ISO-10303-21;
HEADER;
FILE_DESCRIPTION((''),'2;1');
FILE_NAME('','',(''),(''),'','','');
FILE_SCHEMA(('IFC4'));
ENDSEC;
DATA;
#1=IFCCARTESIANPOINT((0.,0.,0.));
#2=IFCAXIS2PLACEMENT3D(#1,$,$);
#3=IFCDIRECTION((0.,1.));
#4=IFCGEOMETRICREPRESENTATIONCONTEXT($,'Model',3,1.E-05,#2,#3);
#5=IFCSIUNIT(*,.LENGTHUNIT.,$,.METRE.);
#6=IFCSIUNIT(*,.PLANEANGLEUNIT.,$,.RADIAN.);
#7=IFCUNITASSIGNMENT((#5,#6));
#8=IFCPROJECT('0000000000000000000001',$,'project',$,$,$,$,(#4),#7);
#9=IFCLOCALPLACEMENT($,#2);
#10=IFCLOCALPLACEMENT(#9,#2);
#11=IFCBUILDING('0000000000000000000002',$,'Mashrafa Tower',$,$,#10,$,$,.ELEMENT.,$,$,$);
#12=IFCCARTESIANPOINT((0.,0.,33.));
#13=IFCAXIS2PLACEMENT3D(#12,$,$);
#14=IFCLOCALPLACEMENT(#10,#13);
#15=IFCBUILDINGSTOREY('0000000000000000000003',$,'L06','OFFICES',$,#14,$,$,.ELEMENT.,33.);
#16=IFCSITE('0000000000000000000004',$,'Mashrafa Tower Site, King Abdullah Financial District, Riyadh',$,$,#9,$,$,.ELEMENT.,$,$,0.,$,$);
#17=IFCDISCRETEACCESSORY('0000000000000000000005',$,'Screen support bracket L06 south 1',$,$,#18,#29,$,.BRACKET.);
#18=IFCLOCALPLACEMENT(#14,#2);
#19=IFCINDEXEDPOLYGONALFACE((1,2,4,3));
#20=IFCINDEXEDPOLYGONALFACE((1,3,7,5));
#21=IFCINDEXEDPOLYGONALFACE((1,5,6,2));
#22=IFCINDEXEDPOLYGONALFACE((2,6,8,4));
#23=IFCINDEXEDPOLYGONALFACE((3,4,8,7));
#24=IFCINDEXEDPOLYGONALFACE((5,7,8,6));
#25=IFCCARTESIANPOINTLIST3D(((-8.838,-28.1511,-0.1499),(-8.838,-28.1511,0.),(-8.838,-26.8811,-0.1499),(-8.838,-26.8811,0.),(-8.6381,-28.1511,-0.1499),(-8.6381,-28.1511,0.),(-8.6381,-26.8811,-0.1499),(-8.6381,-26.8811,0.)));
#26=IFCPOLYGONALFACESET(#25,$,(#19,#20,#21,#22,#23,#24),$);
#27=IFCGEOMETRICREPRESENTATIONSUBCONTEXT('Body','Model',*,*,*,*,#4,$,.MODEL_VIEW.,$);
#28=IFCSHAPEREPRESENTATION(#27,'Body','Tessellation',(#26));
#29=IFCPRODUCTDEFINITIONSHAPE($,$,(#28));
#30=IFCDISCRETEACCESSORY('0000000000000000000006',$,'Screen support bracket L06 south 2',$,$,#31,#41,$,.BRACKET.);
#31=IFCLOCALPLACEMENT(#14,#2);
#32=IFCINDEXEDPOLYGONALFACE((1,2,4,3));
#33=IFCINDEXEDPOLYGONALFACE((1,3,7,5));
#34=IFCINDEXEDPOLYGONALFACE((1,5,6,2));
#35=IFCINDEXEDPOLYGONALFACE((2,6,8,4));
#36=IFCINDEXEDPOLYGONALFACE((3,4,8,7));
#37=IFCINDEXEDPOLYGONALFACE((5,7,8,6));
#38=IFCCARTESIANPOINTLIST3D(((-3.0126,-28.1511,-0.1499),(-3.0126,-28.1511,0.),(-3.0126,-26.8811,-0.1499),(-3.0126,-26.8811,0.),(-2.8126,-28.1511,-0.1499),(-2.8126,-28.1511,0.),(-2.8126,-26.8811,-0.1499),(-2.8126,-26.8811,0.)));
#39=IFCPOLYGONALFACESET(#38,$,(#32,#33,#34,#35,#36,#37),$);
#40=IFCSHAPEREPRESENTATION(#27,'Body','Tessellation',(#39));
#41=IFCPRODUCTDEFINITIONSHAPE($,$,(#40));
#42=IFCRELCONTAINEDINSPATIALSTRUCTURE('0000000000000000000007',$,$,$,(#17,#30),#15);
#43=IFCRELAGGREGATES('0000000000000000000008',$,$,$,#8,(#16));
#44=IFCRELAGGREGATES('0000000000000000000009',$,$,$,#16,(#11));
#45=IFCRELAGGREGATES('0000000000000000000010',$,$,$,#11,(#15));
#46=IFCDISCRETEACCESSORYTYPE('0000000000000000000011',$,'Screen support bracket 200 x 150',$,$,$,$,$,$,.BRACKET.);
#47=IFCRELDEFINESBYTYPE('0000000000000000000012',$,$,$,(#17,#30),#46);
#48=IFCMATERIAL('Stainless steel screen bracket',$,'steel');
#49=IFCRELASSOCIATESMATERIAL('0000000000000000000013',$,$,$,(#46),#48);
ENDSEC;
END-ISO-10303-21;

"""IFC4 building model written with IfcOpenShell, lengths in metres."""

from ifc_helpers import new_model, si_unit, direction, frame, origin, origin_2d, place, context, subcontext, project, spatial, rectangle, extrude, source, transform, mapped, material, type_object, type_shapes, element, save


model = new_model("IFC4")

# Units and contexts
model_context = context("Model", 3, precision=1e-05, world=origin(), true_north=direction((0.0, 1.0)))
body_context = subcontext(model_context, "Body", "Model", "MODEL_VIEW")
ifc_project = project(units=[si_unit("LENGTHUNIT", "METRE"), si_unit("PLANEANGLEUNIT", "RADIAN")], contexts=[model_context])

# Site, building, storey
site_placement = place(None, origin())
site = spatial("IfcSite", under=ifc_project, at=site_placement, Name="Mashrafa Tower Site, King Abdullah Financial District, Riyadh", CompositionType="ELEMENT", RefElevation=0.0)
building_placement = place(site_placement, origin())
building = spatial("IfcBuilding", under=site, at=building_placement, Name="Mashrafa Tower", CompositionType="ELEMENT")
storey_placement = place(building_placement, frame((0.0, 0.0, 33.0)))
storey = spatial("IfcBuildingStorey", under=building, at=storey_placement, Name="L06", Description="OFFICES", CompositionType="ELEMENT", Elevation=33.0)

# Discrete accessories
ifc_material_1 = material(Name="Stainless steel screen bracket", Category="steel")
discrete_accessory_type = type_object("IfcDiscreteAccessoryType", Name="Screen support bracket 200 x 150", PredefinedType="BRACKET", material=ifc_material_1)
shared_shape_1 = source(origin(), body_context, "Body", "SweptSolid", [
    extrude(rectangle(XDim=0.2, YDim=1.27, at=origin_2d()), origin(), (0.0, 0.0, 1.0), 0.1499),
])
type_shapes(discrete_accessory_type, [shared_shape_1])
for number, where, z_axis, x_axis, name in (
    (1, (-8.738, -27.5161, -0.1499), (0.0, 0.0, 1.0), (1.0, 0.0, 0.0), "Screen support bracket L06 south 1"),
    (2, (-2.9126, -27.5161, -0.1499), (0.0, 0.0, 1.0), (1.0, 0.0, 0.0), "Screen support bracket L06 south 2"),
):
    element("IfcDiscreteAccessory", number, at=place(storey_placement, frame(where, z_axis=z_axis, x_axis=x_axis)), inside=storey, type_object=discrete_accessory_type, Name=name, PredefinedType="BRACKET", context=body_context, shape_type="MappedRepresentation", body=[
        mapped(shared_shape_1, transform((0.0, 0.0, 0.0))),
    ])

save(model, "model.ifc")
